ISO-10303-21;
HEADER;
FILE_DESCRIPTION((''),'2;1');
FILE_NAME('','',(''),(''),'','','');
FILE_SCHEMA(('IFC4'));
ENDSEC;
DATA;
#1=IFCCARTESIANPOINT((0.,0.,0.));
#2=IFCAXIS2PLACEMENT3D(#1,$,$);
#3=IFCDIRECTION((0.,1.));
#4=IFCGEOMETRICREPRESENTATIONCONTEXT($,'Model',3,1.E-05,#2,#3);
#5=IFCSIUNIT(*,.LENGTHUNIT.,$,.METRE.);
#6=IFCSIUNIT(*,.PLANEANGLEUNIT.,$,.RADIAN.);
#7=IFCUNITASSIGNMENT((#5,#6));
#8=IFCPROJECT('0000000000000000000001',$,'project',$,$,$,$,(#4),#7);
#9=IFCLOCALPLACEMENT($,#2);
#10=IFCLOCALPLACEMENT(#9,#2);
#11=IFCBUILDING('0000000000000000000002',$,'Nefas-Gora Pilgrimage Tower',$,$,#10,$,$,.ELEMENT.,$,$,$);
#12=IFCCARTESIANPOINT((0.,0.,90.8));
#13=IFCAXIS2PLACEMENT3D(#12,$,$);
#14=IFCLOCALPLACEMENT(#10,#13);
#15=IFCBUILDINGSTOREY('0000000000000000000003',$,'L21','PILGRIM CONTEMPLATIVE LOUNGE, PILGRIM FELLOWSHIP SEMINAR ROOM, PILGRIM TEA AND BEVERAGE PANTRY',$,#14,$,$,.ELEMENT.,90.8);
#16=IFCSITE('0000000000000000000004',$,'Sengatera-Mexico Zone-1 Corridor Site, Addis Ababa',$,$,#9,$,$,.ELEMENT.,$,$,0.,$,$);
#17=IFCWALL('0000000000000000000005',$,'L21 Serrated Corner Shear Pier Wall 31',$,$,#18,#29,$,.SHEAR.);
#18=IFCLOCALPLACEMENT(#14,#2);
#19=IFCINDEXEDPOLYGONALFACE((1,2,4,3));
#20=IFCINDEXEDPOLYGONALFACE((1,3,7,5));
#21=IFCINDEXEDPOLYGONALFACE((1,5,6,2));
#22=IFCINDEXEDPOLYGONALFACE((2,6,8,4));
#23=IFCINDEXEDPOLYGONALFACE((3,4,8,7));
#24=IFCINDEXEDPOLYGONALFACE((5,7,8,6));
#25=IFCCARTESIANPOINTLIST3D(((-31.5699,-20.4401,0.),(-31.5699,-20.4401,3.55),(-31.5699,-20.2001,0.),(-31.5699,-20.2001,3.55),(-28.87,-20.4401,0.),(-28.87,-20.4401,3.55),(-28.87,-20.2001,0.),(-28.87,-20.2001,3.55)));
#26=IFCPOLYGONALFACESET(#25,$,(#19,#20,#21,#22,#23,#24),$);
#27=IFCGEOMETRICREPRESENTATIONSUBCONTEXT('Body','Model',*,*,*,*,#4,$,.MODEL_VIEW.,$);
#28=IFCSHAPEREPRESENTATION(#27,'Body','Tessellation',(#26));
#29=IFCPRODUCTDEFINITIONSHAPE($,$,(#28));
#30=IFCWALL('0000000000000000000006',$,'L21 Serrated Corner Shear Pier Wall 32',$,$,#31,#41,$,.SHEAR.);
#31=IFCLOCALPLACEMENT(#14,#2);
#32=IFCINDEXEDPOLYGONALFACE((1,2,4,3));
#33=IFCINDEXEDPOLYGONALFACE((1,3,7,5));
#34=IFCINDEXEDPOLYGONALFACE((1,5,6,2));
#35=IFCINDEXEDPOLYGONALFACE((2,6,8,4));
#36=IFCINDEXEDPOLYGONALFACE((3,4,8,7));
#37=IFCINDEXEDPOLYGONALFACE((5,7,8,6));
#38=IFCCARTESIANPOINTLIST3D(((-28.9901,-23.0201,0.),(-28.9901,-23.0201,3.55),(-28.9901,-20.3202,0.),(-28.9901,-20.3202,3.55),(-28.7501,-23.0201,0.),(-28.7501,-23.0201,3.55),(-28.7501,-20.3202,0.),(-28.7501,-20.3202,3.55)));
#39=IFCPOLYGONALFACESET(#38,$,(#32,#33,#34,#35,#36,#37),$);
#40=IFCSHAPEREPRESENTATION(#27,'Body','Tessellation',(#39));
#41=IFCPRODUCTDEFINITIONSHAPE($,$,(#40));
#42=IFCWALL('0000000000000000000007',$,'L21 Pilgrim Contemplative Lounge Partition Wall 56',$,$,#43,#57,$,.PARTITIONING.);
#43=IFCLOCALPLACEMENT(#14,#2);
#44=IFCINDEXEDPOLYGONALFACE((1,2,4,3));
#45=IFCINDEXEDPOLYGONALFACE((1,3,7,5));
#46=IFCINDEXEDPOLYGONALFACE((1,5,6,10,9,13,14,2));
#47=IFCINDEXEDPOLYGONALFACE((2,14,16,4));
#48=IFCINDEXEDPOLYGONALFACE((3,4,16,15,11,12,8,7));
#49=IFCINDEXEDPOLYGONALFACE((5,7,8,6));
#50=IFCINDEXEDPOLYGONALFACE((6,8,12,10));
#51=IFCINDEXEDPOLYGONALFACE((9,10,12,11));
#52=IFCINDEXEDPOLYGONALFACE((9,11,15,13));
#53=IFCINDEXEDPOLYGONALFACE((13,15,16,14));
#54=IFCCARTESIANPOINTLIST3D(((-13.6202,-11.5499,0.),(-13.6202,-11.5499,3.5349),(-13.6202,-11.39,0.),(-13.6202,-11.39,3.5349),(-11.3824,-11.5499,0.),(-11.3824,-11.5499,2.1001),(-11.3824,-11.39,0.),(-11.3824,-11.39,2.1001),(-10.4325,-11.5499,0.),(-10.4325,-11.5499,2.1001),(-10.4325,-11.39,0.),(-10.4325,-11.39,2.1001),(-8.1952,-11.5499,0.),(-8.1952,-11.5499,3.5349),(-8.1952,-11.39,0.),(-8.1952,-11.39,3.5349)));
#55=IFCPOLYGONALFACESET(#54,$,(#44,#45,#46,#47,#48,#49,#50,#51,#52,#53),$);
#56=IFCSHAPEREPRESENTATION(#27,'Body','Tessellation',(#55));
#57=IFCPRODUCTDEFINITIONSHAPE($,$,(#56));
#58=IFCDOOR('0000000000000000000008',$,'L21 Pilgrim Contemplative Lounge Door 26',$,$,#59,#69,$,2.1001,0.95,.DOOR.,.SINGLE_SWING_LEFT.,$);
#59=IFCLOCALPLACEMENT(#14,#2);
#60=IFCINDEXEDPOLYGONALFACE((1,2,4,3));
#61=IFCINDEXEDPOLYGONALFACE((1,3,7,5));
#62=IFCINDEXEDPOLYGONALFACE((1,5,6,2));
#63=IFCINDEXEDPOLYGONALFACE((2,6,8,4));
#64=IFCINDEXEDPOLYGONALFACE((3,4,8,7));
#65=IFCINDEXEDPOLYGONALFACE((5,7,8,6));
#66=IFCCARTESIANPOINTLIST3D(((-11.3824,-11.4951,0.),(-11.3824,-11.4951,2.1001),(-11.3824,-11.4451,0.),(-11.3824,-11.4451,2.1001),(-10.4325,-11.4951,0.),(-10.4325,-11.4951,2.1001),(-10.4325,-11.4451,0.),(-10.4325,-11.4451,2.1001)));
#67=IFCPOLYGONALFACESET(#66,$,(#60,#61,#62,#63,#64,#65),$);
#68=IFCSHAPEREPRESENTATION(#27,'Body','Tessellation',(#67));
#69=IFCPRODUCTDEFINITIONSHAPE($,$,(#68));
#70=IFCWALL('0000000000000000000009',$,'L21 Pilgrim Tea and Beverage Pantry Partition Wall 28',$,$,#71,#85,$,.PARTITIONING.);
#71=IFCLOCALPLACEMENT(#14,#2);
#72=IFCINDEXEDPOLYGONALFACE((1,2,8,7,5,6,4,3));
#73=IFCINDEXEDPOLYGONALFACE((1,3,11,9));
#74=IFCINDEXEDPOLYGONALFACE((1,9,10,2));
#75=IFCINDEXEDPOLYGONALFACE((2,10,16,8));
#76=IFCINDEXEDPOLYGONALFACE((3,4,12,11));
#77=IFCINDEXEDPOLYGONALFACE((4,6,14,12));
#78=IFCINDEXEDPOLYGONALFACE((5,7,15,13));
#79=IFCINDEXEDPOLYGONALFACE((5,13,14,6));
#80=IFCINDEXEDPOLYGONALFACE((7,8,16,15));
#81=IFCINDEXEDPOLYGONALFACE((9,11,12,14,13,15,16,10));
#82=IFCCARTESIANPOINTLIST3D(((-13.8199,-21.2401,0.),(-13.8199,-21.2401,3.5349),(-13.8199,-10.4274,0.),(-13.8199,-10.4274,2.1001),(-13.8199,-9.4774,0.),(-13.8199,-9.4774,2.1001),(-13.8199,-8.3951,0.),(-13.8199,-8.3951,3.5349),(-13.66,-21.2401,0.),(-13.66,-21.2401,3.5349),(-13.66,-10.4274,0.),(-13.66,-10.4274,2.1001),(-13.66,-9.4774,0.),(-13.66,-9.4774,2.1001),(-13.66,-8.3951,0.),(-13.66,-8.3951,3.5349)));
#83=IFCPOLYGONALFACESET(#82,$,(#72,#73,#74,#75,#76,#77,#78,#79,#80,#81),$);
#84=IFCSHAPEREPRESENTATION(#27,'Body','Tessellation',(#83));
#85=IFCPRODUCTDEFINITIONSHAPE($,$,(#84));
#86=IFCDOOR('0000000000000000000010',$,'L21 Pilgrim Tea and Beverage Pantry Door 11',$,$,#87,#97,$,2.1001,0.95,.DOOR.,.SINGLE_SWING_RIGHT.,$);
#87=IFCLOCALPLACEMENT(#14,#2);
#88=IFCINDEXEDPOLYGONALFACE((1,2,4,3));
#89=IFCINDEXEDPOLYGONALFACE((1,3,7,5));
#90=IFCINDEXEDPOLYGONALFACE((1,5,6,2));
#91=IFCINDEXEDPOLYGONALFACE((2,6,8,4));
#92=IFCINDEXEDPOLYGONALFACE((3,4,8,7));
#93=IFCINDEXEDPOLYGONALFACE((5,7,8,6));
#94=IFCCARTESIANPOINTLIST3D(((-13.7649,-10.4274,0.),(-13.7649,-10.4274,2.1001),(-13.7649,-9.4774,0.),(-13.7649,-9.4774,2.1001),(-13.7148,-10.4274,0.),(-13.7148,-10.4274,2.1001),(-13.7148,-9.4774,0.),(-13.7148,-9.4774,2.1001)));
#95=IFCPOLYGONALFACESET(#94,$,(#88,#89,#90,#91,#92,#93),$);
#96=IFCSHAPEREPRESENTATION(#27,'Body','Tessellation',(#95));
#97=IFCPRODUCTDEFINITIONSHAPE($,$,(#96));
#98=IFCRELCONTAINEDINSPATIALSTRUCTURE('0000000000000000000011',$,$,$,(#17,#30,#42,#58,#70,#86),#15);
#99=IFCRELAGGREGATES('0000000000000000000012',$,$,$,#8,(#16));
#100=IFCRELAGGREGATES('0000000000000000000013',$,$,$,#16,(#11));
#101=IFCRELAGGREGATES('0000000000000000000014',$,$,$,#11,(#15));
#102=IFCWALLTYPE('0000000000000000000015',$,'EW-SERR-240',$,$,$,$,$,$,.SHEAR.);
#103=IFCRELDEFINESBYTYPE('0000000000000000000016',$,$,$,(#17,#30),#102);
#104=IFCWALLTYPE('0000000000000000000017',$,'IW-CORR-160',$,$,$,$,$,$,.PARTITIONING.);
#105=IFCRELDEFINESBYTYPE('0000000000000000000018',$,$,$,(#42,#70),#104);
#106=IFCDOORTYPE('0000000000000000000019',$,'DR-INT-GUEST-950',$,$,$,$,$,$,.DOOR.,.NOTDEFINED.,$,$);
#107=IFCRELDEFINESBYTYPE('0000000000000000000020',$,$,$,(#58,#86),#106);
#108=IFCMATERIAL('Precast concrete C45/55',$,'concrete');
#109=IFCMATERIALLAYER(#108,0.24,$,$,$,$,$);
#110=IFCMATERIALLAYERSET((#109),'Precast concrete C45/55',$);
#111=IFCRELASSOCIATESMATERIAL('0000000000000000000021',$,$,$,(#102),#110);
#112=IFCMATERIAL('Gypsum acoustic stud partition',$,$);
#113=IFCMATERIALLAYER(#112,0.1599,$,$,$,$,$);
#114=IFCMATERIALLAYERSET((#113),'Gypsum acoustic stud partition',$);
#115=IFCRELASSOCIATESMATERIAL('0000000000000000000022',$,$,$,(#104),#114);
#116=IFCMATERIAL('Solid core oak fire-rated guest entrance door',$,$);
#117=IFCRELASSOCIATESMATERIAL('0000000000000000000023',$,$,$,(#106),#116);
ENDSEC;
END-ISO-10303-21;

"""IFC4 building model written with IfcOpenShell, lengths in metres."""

from ifc_helpers import new_model, si_unit, direction, frame, frame_2d, origin, place, context, subcontext, project, spatial, rectangle, extrude, source, transform, mapped, material, layer, layer_set, type_object, element, fill, save


model = new_model("IFC4")

# Units and contexts
model_context = context("Model", 3, precision=1e-05, world=origin(), true_north=direction((0.0, 1.0)))
body_context = subcontext(model_context, "Body", "Model", "MODEL_VIEW")
ifc_project = project(units=[si_unit("LENGTHUNIT", "METRE"), si_unit("PLANEANGLEUNIT", "RADIAN")], contexts=[model_context])

# Site, building, storey
site_placement = place(None, origin())
site = spatial("IfcSite", under=ifc_project, at=site_placement, Name="Sengatera-Mexico Zone-1 Corridor Site, Addis Ababa", CompositionType="ELEMENT", RefElevation=0.0)
building_placement = place(site_placement, origin())
building = spatial("IfcBuilding", under=site, at=building_placement, Name="Nefas-Gora Pilgrimage Tower", CompositionType="ELEMENT")
storey_placement = place(building_placement, frame((0.0, 0.0, 90.8)))
storey = spatial("IfcBuildingStorey", under=building, at=storey_placement, Name="L21", Description="PILGRIM CONTEMPLATIVE LOUNGE, PILGRIM FELLOWSHIP SEMINAR ROOM, PILGRIM TEA AND BEVERAGE PANTRY", CompositionType="ELEMENT", Elevation=90.8)

# Shared definitions
ifc_material_1 = material(Name="Precast concrete C45/55", Category="concrete")
ifc_layer_1 = layer(ifc_material_1, 0.24)
ifc_layer_set_1 = layer_set([ifc_layer_1], Name="Precast concrete C45/55")
wall_type_1 = type_object("IfcWallType", Name="EW-SERR-240", PredefinedType="SHEAR", material=ifc_layer_set_1)
shared_shape_1 = source(origin(), body_context, "Body", "SweptSolid", [
    extrude(rectangle(XDim=2.7, YDim=0.24, at=frame_2d((1.3501, 0.0))), origin(), (0.0, 0.0, 1.0), 3.55),
])

# Walls
for number, where, z_axis, x_axis, name in (
    (1, (-31.5701, -20.3201, 0.0), (0.0, 0.0, 1.0), (1.0, 0.0, 0.0), "L21 Serrated Corner Shear Pier Wall 31"),
    (2, (-28.8701, -20.3201, 0.0), (0.0, 0.0, 1.0), (0.0, -1.0, 0.0), "L21 Serrated Corner Shear Pier Wall 32"),
):
    element("IfcWall", number, at=place(storey_placement, frame(where, z_axis=z_axis, x_axis=x_axis)), inside=storey, type_object=wall_type_1, Name=name, PredefinedType="SHEAR", context=body_context, shape_type="MappedRepresentation", body=[
        mapped(shared_shape_1, transform((0.0, 0.0, 0.0), x_axis=(1.0, 0.0, 0.0), y_axis=(0.0, 1.0, 0.0), z_axis=(0.0, 0.0, 1.0), scale=1.0)),
    ])

# Walls, openings, doors
ifc_material_2 = material(Name="Gypsum acoustic stud partition")
ifc_layer_2 = layer(ifc_material_2, 0.1599)
ifc_layer_set_2 = layer_set([ifc_layer_2], Name="Gypsum acoustic stud partition")
wall_type_2 = type_object("IfcWallType", Name="IW-CORR-160", PredefinedType="PARTITIONING", material=ifc_layer_set_2)
shared_shape_2 = source(origin(), body_context, "Body", "SweptSolid", [
    extrude(rectangle(XDim=5.425, YDim=0.1599, at=frame_2d((2.7124, 0.0))), origin(), (0.0, 0.0, 1.0), 3.5349),
])
wall_1_placement = place(storey_placement, frame((-13.6201, -11.47, 0.0), z_axis=(0.0, 0.0, 1.0), x_axis=(1.0, 0.0, 0.0)))
wall_1 = element("IfcWall", 3, at=wall_1_placement, inside=storey, type_object=wall_type_2, Name="L21 Pilgrim Contemplative Lounge Partition Wall 56", PredefinedType="PARTITIONING", context=body_context, shape_type="MappedRepresentation", body=[
    mapped(shared_shape_2, transform((0.0, 0.0, 0.0), x_axis=(1.0, 0.0, 0.0), y_axis=(0.0, 1.0, 0.0), z_axis=(0.0, 0.0, 1.0), scale=1.0)),
])
opening_1_placement = place(wall_1_placement, frame((2.2375, 0.0, 0.0)))
opening_1 = element("IfcOpeningElement", 4, at=opening_1_placement, cuts=wall_1, PredefinedType="OPENING", context=body_context, shape_type="SweptSolid", body=[
    extrude(rectangle(XDim=0.95, YDim=2.1001, at=frame_2d((0.4751, 1.05))), frame((0.0, 0.0898, 0.0), z_axis=(0.0, -1.0, 0.0), x_axis=(1.0, 0.0, 0.0)), (0.0, 0.0, 1.0), 0.1799),
])
ifc_material_3 = material(Name="Solid core oak fire-rated guest entrance door")
door_type = type_object("IfcDoorType", Name="DR-INT-GUEST-950", OperationType="NOTDEFINED", PredefinedType="DOOR", material=ifc_material_3)
shared_shape_3 = source(origin(), body_context, "Body", "SweptSolid", [
    extrude(rectangle(XDim=0.95, YDim=2.1001, at=frame_2d((0.4751, 1.05))), frame((0.0, 0.0249, 0.0), z_axis=(0.0, -1.0, 0.0), x_axis=(1.0, 0.0, 0.0)), (0.0, 0.0, 1.0), 0.05),
])
door_1_placement = place(opening_1_placement, origin())
door_1 = element("IfcDoor", 5, at=door_1_placement, inside=storey, type_object=door_type, Name="L21 Pilgrim Contemplative Lounge Door 26", OperationType="SINGLE_SWING_LEFT", OverallHeight=2.1001, OverallWidth=0.95, PredefinedType="DOOR", context=body_context, shape_type="MappedRepresentation", body=[
    mapped(shared_shape_3, transform((0.0, 0.0, 0.0), x_axis=(1.0, 0.0, 0.0), y_axis=(0.0, 1.0, 0.0), z_axis=(0.0, 0.0, 1.0), scale=1.0)),
])
fill(opening_1, door_1)
shared_shape_4 = source(origin(), body_context, "Body", "SweptSolid", [
    extrude(rectangle(XDim=12.845, YDim=0.1599, at=frame_2d((6.4224, 0.0))), origin(), (0.0, 0.0, 1.0), 3.5349),
])
wall_2_placement = place(storey_placement, frame((-13.74, -21.24, 0.0), z_axis=(0.0, 0.0, 1.0), x_axis=(0.0, 1.0, 0.0)))
wall_2 = element("IfcWall", 6, at=wall_2_placement, inside=storey, type_object=wall_type_2, Name="L21 Pilgrim Tea and Beverage Pantry Partition Wall 28", PredefinedType="PARTITIONING", context=body_context, shape_type="MappedRepresentation", body=[
    mapped(shared_shape_4, transform((0.0, 0.0, 0.0), x_axis=(1.0, 0.0, 0.0), y_axis=(0.0, 1.0, 0.0), z_axis=(0.0, 0.0, 1.0), scale=1.0)),
])
opening_2_placement = place(wall_2_placement, frame((10.8125, 0.0, 0.0)))
opening_2 = element("IfcOpeningElement", 7, at=opening_2_placement, cuts=wall_2, PredefinedType="OPENING", context=body_context, shape_type="SweptSolid", body=[
    extrude(rectangle(XDim=0.95, YDim=2.1001, at=frame_2d((0.4751, 1.05))), frame((0.0, 0.0898, 0.0), z_axis=(0.0, -1.0, 0.0), x_axis=(1.0, 0.0, 0.0)), (0.0, 0.0, 1.0), 0.1799),
])
door_2_placement = place(opening_2_placement, origin())
door_2 = element("IfcDoor", 8, at=door_2_placement, inside=storey, type_object=door_type, Name="L21 Pilgrim Tea and Beverage Pantry Door 11", OperationType="SINGLE_SWING_RIGHT", OverallHeight=2.1001, OverallWidth=0.95, PredefinedType="DOOR", context=body_context, shape_type="MappedRepresentation", body=[
    mapped(shared_shape_3, transform((0.0, 0.0, 0.0), x_axis=(1.0, 0.0, 0.0), y_axis=(0.0, 1.0, 0.0), z_axis=(0.0, 0.0, 1.0), scale=1.0)),
])
fill(opening_2, door_2)

save(model, "model.ifc")
